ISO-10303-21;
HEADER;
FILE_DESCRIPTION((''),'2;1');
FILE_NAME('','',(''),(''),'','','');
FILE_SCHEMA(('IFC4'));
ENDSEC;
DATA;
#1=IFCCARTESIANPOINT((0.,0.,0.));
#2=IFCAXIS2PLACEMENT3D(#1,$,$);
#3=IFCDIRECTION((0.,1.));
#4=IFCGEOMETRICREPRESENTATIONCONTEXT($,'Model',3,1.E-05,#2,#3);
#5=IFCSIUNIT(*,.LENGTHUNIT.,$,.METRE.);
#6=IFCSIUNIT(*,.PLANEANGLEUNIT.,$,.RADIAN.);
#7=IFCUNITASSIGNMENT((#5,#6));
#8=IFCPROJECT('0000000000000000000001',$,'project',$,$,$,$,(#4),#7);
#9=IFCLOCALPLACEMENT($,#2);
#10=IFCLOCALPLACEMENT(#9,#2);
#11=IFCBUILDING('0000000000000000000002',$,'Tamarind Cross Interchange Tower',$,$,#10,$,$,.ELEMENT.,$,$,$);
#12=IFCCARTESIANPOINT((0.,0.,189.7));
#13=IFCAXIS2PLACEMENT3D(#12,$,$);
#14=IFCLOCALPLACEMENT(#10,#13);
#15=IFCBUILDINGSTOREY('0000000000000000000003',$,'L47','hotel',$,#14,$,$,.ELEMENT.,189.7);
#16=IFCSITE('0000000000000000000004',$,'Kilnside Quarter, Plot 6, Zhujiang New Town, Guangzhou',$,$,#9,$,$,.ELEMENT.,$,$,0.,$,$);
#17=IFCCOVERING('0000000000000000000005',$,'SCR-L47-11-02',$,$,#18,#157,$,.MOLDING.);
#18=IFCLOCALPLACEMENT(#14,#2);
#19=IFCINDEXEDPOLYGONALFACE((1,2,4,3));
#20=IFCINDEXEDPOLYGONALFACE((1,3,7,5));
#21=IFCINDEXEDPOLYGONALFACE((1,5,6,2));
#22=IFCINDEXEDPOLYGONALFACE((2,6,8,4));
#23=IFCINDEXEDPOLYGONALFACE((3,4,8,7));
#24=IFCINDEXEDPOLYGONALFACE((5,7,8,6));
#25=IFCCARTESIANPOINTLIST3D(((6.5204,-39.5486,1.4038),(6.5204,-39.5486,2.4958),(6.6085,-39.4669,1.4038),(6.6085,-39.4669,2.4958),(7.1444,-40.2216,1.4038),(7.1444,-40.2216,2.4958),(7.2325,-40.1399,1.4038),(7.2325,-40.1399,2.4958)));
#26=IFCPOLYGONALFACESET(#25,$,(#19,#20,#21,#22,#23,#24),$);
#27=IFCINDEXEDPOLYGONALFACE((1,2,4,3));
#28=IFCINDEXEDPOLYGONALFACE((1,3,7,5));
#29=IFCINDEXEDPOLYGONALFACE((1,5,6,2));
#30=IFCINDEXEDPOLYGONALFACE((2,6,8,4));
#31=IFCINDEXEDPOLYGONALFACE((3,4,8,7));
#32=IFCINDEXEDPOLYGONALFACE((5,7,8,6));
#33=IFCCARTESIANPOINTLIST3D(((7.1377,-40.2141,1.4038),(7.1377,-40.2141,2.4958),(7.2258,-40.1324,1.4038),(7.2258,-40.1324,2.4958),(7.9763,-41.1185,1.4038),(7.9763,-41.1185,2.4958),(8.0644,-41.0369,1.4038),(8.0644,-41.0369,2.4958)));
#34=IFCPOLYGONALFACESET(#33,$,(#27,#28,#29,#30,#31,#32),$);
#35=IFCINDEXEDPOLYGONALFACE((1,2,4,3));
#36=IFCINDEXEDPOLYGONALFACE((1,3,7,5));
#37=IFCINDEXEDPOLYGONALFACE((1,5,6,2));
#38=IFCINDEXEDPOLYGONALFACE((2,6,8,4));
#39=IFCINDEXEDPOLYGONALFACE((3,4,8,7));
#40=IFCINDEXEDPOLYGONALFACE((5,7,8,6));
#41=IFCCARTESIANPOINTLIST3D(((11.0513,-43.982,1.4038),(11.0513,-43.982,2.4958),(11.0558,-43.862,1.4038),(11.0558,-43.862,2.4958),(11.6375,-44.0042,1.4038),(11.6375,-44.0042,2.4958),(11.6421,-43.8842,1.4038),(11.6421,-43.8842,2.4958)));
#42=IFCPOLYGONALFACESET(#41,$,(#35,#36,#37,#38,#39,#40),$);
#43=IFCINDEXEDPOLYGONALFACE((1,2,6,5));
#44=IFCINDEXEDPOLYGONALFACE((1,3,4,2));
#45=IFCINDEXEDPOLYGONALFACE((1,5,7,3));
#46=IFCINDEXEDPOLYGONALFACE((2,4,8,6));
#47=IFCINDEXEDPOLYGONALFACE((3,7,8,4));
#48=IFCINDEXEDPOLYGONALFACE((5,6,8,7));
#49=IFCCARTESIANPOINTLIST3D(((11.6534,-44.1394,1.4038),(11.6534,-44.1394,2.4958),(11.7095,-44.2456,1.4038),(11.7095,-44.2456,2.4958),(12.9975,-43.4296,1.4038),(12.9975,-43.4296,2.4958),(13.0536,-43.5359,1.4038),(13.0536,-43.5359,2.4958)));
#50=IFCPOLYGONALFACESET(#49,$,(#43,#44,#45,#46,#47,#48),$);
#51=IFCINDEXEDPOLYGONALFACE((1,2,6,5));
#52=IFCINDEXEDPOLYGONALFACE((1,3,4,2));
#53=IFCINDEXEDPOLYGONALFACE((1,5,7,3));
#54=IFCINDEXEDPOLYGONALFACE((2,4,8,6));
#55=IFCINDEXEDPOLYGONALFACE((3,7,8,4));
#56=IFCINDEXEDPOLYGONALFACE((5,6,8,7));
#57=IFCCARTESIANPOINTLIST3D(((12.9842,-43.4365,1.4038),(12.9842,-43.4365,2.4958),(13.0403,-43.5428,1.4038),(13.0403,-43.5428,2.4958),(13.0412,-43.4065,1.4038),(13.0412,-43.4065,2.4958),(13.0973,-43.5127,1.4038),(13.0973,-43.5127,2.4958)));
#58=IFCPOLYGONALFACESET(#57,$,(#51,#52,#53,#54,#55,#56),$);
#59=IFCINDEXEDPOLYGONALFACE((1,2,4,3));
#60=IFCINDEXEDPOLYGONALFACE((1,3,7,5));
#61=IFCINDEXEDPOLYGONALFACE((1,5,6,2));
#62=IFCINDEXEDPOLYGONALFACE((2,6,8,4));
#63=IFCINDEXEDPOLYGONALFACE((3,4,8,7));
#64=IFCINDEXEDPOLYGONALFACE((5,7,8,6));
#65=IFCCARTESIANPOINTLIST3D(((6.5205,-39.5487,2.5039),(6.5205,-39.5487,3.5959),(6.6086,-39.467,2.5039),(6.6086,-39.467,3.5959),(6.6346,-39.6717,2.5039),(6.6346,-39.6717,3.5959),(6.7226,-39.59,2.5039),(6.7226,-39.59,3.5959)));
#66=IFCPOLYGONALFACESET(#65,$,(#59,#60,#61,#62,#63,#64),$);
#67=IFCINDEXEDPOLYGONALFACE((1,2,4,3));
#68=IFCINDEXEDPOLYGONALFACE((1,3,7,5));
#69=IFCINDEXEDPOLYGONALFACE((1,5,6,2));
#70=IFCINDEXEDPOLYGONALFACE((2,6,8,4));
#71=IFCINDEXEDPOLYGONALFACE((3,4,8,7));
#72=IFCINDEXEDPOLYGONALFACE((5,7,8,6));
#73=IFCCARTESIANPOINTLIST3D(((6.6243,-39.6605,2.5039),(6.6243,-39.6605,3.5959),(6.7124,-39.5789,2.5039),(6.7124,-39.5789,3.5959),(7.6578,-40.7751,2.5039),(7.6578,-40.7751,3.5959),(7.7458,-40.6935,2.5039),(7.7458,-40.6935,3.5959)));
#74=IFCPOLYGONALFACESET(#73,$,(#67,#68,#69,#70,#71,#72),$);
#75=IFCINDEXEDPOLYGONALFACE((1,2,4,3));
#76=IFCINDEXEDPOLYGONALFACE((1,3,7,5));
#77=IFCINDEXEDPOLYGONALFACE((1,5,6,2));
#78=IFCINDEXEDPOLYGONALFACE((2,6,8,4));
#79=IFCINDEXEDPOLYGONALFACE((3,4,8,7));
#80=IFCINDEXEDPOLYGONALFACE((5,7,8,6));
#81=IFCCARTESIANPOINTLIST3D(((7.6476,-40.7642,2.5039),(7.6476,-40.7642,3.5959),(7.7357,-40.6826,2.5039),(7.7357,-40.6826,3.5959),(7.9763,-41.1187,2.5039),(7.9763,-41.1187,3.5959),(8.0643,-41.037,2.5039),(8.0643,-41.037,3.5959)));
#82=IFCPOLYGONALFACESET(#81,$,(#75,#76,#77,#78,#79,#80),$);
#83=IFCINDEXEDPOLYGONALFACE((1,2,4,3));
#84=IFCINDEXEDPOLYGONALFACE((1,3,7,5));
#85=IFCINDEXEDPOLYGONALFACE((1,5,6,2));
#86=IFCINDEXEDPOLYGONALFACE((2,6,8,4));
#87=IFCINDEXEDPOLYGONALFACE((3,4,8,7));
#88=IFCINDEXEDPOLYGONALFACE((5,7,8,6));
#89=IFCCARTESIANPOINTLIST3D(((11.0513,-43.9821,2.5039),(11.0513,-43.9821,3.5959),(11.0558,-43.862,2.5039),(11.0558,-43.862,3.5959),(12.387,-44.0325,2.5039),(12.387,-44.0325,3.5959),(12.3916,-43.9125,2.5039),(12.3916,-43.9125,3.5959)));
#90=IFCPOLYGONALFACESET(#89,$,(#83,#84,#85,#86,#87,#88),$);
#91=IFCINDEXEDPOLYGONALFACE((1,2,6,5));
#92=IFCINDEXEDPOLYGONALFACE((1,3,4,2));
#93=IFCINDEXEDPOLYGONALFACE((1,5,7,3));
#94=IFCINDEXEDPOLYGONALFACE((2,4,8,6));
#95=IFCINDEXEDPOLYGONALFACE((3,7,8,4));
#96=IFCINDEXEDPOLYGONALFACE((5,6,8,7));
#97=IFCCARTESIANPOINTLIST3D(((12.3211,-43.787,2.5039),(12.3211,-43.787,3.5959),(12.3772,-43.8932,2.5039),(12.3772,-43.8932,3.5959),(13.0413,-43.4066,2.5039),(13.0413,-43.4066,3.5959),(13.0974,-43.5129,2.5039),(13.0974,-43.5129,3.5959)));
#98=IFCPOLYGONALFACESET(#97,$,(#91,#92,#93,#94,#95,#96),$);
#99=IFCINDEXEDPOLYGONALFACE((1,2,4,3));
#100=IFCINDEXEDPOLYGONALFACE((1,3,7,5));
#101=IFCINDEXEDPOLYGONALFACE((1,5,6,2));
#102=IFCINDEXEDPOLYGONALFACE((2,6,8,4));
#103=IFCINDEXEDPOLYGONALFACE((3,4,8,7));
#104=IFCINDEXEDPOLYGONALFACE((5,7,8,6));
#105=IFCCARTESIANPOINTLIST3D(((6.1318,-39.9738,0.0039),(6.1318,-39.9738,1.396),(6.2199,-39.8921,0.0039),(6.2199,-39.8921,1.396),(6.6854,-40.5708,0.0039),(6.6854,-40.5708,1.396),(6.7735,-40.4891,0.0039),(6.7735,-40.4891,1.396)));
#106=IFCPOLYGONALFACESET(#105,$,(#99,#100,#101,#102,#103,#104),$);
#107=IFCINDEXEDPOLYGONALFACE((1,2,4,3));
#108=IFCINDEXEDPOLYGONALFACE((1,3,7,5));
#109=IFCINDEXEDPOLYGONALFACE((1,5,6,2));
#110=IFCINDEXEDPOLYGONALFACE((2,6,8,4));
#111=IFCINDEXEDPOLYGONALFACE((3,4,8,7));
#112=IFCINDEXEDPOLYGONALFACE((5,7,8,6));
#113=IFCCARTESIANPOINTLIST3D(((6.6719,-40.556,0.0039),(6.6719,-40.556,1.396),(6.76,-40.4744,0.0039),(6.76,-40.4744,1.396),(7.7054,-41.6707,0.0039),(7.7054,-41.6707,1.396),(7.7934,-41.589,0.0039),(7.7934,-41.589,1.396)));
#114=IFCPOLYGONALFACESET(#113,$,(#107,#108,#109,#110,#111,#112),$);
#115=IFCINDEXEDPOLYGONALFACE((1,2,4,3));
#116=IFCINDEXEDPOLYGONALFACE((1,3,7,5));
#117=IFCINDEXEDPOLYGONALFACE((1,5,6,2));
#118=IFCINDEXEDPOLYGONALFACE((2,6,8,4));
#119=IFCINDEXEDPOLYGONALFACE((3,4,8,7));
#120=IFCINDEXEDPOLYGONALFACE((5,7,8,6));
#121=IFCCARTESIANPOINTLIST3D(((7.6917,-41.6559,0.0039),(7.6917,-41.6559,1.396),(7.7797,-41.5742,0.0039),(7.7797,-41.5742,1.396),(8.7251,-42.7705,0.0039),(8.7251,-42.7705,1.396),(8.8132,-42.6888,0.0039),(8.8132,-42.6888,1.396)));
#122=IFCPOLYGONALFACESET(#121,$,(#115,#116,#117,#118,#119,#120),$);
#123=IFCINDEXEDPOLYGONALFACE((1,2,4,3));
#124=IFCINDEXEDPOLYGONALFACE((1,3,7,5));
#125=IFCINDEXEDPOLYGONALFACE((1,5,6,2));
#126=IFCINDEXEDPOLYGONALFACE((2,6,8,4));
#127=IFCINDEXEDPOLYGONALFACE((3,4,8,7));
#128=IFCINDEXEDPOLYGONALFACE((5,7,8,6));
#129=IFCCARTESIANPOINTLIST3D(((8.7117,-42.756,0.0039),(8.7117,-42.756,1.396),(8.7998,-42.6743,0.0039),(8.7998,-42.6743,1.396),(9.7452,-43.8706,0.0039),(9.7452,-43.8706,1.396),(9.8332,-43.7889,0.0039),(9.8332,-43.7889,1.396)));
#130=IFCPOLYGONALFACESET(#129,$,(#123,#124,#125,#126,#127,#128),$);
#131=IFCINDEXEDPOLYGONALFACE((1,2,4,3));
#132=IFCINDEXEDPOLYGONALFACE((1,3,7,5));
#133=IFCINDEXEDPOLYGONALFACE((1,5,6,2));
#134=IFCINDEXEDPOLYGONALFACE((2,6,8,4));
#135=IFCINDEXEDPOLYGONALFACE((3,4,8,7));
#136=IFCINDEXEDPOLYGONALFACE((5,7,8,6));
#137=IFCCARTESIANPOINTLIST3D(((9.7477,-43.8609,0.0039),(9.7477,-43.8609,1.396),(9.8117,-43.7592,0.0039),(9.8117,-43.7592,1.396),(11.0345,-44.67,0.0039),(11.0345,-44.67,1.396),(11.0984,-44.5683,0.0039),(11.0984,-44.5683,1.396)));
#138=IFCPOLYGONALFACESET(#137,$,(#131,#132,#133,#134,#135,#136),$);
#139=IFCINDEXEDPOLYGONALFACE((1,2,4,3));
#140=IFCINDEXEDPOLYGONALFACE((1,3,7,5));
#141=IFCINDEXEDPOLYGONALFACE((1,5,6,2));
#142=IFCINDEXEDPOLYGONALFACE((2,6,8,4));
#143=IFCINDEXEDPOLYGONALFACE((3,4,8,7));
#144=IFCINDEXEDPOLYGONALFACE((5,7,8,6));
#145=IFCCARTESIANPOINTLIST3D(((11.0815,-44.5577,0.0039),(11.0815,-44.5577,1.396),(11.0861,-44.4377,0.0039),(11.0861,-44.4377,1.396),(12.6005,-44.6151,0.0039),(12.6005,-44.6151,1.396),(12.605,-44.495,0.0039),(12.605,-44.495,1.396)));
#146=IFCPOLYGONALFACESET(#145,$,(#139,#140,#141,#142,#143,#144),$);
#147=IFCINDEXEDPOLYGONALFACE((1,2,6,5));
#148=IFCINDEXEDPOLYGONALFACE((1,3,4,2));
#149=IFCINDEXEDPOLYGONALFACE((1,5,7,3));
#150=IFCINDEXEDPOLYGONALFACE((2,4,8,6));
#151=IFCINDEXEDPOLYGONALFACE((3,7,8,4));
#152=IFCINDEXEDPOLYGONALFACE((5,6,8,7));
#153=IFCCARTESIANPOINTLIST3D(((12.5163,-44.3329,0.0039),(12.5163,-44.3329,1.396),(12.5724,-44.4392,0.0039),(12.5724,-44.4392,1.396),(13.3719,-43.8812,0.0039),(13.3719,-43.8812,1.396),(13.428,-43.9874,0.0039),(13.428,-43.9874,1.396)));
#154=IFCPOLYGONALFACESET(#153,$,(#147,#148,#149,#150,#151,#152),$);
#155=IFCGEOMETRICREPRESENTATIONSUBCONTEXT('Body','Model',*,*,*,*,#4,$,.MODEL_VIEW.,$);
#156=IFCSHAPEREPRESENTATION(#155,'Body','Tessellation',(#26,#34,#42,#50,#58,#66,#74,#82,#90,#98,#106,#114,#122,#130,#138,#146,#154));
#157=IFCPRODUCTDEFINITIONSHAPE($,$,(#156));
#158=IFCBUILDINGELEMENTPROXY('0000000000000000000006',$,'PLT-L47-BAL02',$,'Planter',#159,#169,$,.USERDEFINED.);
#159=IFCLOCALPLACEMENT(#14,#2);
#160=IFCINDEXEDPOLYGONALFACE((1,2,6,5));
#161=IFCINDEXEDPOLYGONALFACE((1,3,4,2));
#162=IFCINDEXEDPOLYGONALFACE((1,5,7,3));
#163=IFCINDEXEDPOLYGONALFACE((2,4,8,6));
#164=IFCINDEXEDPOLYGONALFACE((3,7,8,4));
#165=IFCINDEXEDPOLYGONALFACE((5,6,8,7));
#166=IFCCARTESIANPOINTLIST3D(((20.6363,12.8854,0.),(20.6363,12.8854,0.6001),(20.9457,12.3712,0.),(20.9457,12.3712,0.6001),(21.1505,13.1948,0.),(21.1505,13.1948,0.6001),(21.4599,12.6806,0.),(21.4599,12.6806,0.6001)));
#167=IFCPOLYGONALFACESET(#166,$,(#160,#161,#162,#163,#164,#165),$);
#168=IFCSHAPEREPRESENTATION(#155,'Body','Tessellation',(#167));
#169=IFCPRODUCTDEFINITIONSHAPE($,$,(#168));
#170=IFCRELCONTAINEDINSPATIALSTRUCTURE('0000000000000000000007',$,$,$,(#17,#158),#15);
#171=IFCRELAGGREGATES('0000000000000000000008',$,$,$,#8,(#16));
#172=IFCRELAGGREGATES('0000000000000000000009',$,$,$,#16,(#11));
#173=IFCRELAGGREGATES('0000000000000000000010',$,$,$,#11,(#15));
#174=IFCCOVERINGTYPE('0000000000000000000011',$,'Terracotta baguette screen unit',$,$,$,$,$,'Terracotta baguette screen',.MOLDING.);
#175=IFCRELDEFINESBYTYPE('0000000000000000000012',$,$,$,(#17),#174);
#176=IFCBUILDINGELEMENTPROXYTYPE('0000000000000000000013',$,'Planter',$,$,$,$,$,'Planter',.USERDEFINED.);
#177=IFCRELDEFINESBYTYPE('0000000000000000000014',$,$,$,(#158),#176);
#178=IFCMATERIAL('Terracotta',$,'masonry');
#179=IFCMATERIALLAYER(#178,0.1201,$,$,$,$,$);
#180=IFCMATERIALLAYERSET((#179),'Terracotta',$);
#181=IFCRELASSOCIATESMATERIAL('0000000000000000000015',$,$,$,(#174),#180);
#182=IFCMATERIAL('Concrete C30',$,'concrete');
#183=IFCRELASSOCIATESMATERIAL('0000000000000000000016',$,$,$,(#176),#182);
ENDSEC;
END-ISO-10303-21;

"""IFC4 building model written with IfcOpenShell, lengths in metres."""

from ifc_helpers import new_model, si_unit, direction, frame, origin, origin_2d, place, context, subcontext, project, spatial, rectangle, extrude, material, layer, layer_set, type_object, element, save


model = new_model("IFC4")

# Units and contexts
model_context = context("Model", 3, precision=1e-05, world=origin(), true_north=direction((0.0, 1.0)))
body_context = subcontext(model_context, "Body", "Model", "MODEL_VIEW")
ifc_project = project(units=[si_unit("LENGTHUNIT", "METRE"), si_unit("PLANEANGLEUNIT", "RADIAN")], contexts=[model_context])

# Site, building, storey
site_placement = place(None, origin())
site = spatial("IfcSite", under=ifc_project, at=site_placement, Name="Kilnside Quarter, Plot 6, Zhujiang New Town, Guangzhou", CompositionType="ELEMENT", RefElevation=0.0)
building_placement = place(site_placement, origin())
building = spatial("IfcBuilding", under=site, at=building_placement, Name="Tamarind Cross Interchange Tower", CompositionType="ELEMENT")
storey_placement = place(building_placement, frame((0.0, 0.0, 189.7)))
storey = spatial("IfcBuildingStorey", under=building, at=storey_placement, Name="L47", Description="hotel", CompositionType="ELEMENT", Elevation=189.7)

# Covering
ifc_material_1 = material(Name="Terracotta", Category="masonry")
ifc_layer_1 = layer(ifc_material_1, 0.1201)
ifc_layer_set_1 = layer_set([ifc_layer_1], Name="Terracotta")
covering_type = type_object("IfcCoveringType", Name="Terracotta baguette screen unit", ElementType="Terracotta baguette screen", PredefinedType="MOLDING", material=ifc_layer_set_1)
covering_1_placement = place(storey_placement, origin())
element("IfcCovering", 1, at=covering_1_placement, inside=storey, type_object=covering_type, Name="SCR-L47-11-02", PredefinedType="MOLDING", context=body_context, shape_type="SweptSolid", body=[
    extrude(rectangle(XDim=0.9177, YDim=0.1201, at=origin_2d()), frame((6.8765, -39.8442, 1.4038), z_axis=(0.0, 0.0, 1.0), x_axis=(0.679912, -0.733293, 0.0)), (0.0, 0.0, 1.0), 1.092),
    extrude(rectangle(XDim=1.2334, YDim=0.1201, at=origin_2d()), frame((7.6011, -40.6255, 1.4038), z_axis=(0.0, 0.0, 1.0), x_axis=(0.679912, -0.733293, 0.0)), (0.0, 0.0, 1.0), 1.092),
    extrude(rectangle(XDim=0.5867, YDim=0.1201, at=origin_2d()), frame((11.3467, -43.9331, 1.4038), z_axis=(0.0, 0.0, 1.0), x_axis=(0.999287, -0.037746, 0.0)), (0.0, 0.0, 1.0), 1.092),
    extrude(rectangle(XDim=1.52, YDim=0.1201, at=origin_2d()), frame((12.3535, -43.8376, 1.4038), z_axis=(0.0, 0.0, 1.0), x_axis=(0.884281, 0.466955, 0.0)), (0.0, 0.0, 1.0), 1.092),
    extrude(rectangle(XDim=0.0645, YDim=0.1201, at=origin_2d()), frame((13.0408, -43.4746, 1.4038), z_axis=(0.0, 0.0, 1.0), x_axis=(0.884281, 0.466955, 0.0)), (0.0, 0.0, 1.0), 1.092),
    extrude(rectangle(XDim=0.1677, YDim=0.1201, at=origin_2d()), frame((6.6216, -39.5693, 2.5039), z_axis=(0.0, 0.0, 1.0), x_axis=(0.679912, -0.733293, 0.0)), (0.0, 0.0, 1.0), 1.092),
    extrude(rectangle(XDim=1.52, YDim=0.1201, at=origin_2d()), frame((7.1851, -40.177, 2.5039), z_axis=(0.0, 0.0, 1.0), x_axis=(0.679912, -0.733293, 0.0)), (0.0, 0.0, 1.0), 1.092),
    extrude(rectangle(XDim=0.4834, YDim=0.1201, at=origin_2d()), frame((7.856, -40.9006, 2.5039), z_axis=(0.0, 0.0, 1.0), x_axis=(0.679912, -0.733293, 0.0)), (0.0, 0.0, 1.0), 1.092),
    extrude(rectangle(XDim=1.3367, YDim=0.1201, at=origin_2d()), frame((11.7214, -43.9473, 2.5039), z_axis=(0.0, 0.0, 1.0), x_axis=(0.999287, -0.037746, 0.0)), (0.0, 0.0, 1.0), 1.092),
    extrude(rectangle(XDim=0.8145, YDim=0.1201, at=origin_2d()), frame((12.7092, -43.6499, 2.5039), z_axis=(0.0, 0.0, 1.0), x_axis=(0.884281, 0.466955, 0.0)), (0.0, 0.0, 1.0), 1.092),
    extrude(rectangle(XDim=0.8142, YDim=0.1201, at=origin_2d()), frame((6.4526, -40.2314, 0.0039), z_axis=(0.0, 0.0, 1.0), x_axis=(0.679912, -0.733293, 0.0)), (0.0, 0.0, 1.0), 1.3921),
    extrude(rectangle(XDim=1.52, YDim=0.1201, at=origin_2d()), frame((7.2327, -41.0725, 0.0039), z_axis=(0.0, 0.0, 1.0), x_axis=(0.679912, -0.733293, 0.0)), (0.0, 0.0, 1.0), 1.3921),
    extrude(rectangle(XDim=1.52, YDim=0.1201, at=origin_2d()), frame((8.2524, -42.1724, 0.0039), z_axis=(0.0, 0.0, 1.0), x_axis=(0.679912, -0.733293, 0.0)), (0.0, 0.0, 1.0), 1.3921),
    extrude(rectangle(XDim=1.52, YDim=0.1201, at=origin_2d()), frame((9.2725, -43.2725, 0.0039), z_axis=(0.0, 0.0, 1.0), x_axis=(0.679912, -0.733293, 0.0)), (0.0, 0.0, 1.0), 1.3921),
    extrude(rectangle(XDim=1.52, YDim=0.1201, at=origin_2d()), frame((10.4231, -44.2146, 0.0039), z_axis=(0.0, 0.0, 1.0), x_axis=(0.846535, -0.532333, 0.0)), (0.0, 0.0, 1.0), 1.3921),
    extrude(rectangle(XDim=1.52, YDim=0.1201, at=origin_2d()), frame((11.8433, -44.5264, 0.0039), z_axis=(0.0, 0.0, 1.0), x_axis=(0.999287, -0.037746, 0.0)), (0.0, 0.0, 1.0), 1.3921),
    extrude(rectangle(XDim=0.9675, YDim=0.1201, at=origin_2d()), frame((12.9722, -44.1602, 0.0039), z_axis=(0.0, 0.0, 1.0), x_axis=(0.884281, 0.466955, 0.0)), (0.0, 0.0, 1.0), 1.3921),
])

# Building element proxy
ifc_material_2 = material(Name="Concrete C30", Category="concrete")
building_element_proxy_type = type_object("IfcBuildingElementProxyType", Name="Planter", ElementType="Planter", PredefinedType="USERDEFINED", material=ifc_material_2)
proxy_placement = place(storey_placement, origin())
element("IfcBuildingElementProxy", 2, at=proxy_placement, inside=storey, type_object=building_element_proxy_type, Name="PLT-L47-BAL02", ObjectType="Planter", PredefinedType="USERDEFINED", context=body_context, shape_type="SweptSolid", body=[
    extrude(rectangle(XDim=0.6001, YDim=0.6001, at=origin_2d()), frame((21.0481, 12.783, 0.0), z_axis=(0.0, 0.0, 1.0), x_axis=(-0.515577, 0.856843, 0.0)), (0.0, 0.0, 1.0), 0.6001),
])

save(model, "model.ifc")
